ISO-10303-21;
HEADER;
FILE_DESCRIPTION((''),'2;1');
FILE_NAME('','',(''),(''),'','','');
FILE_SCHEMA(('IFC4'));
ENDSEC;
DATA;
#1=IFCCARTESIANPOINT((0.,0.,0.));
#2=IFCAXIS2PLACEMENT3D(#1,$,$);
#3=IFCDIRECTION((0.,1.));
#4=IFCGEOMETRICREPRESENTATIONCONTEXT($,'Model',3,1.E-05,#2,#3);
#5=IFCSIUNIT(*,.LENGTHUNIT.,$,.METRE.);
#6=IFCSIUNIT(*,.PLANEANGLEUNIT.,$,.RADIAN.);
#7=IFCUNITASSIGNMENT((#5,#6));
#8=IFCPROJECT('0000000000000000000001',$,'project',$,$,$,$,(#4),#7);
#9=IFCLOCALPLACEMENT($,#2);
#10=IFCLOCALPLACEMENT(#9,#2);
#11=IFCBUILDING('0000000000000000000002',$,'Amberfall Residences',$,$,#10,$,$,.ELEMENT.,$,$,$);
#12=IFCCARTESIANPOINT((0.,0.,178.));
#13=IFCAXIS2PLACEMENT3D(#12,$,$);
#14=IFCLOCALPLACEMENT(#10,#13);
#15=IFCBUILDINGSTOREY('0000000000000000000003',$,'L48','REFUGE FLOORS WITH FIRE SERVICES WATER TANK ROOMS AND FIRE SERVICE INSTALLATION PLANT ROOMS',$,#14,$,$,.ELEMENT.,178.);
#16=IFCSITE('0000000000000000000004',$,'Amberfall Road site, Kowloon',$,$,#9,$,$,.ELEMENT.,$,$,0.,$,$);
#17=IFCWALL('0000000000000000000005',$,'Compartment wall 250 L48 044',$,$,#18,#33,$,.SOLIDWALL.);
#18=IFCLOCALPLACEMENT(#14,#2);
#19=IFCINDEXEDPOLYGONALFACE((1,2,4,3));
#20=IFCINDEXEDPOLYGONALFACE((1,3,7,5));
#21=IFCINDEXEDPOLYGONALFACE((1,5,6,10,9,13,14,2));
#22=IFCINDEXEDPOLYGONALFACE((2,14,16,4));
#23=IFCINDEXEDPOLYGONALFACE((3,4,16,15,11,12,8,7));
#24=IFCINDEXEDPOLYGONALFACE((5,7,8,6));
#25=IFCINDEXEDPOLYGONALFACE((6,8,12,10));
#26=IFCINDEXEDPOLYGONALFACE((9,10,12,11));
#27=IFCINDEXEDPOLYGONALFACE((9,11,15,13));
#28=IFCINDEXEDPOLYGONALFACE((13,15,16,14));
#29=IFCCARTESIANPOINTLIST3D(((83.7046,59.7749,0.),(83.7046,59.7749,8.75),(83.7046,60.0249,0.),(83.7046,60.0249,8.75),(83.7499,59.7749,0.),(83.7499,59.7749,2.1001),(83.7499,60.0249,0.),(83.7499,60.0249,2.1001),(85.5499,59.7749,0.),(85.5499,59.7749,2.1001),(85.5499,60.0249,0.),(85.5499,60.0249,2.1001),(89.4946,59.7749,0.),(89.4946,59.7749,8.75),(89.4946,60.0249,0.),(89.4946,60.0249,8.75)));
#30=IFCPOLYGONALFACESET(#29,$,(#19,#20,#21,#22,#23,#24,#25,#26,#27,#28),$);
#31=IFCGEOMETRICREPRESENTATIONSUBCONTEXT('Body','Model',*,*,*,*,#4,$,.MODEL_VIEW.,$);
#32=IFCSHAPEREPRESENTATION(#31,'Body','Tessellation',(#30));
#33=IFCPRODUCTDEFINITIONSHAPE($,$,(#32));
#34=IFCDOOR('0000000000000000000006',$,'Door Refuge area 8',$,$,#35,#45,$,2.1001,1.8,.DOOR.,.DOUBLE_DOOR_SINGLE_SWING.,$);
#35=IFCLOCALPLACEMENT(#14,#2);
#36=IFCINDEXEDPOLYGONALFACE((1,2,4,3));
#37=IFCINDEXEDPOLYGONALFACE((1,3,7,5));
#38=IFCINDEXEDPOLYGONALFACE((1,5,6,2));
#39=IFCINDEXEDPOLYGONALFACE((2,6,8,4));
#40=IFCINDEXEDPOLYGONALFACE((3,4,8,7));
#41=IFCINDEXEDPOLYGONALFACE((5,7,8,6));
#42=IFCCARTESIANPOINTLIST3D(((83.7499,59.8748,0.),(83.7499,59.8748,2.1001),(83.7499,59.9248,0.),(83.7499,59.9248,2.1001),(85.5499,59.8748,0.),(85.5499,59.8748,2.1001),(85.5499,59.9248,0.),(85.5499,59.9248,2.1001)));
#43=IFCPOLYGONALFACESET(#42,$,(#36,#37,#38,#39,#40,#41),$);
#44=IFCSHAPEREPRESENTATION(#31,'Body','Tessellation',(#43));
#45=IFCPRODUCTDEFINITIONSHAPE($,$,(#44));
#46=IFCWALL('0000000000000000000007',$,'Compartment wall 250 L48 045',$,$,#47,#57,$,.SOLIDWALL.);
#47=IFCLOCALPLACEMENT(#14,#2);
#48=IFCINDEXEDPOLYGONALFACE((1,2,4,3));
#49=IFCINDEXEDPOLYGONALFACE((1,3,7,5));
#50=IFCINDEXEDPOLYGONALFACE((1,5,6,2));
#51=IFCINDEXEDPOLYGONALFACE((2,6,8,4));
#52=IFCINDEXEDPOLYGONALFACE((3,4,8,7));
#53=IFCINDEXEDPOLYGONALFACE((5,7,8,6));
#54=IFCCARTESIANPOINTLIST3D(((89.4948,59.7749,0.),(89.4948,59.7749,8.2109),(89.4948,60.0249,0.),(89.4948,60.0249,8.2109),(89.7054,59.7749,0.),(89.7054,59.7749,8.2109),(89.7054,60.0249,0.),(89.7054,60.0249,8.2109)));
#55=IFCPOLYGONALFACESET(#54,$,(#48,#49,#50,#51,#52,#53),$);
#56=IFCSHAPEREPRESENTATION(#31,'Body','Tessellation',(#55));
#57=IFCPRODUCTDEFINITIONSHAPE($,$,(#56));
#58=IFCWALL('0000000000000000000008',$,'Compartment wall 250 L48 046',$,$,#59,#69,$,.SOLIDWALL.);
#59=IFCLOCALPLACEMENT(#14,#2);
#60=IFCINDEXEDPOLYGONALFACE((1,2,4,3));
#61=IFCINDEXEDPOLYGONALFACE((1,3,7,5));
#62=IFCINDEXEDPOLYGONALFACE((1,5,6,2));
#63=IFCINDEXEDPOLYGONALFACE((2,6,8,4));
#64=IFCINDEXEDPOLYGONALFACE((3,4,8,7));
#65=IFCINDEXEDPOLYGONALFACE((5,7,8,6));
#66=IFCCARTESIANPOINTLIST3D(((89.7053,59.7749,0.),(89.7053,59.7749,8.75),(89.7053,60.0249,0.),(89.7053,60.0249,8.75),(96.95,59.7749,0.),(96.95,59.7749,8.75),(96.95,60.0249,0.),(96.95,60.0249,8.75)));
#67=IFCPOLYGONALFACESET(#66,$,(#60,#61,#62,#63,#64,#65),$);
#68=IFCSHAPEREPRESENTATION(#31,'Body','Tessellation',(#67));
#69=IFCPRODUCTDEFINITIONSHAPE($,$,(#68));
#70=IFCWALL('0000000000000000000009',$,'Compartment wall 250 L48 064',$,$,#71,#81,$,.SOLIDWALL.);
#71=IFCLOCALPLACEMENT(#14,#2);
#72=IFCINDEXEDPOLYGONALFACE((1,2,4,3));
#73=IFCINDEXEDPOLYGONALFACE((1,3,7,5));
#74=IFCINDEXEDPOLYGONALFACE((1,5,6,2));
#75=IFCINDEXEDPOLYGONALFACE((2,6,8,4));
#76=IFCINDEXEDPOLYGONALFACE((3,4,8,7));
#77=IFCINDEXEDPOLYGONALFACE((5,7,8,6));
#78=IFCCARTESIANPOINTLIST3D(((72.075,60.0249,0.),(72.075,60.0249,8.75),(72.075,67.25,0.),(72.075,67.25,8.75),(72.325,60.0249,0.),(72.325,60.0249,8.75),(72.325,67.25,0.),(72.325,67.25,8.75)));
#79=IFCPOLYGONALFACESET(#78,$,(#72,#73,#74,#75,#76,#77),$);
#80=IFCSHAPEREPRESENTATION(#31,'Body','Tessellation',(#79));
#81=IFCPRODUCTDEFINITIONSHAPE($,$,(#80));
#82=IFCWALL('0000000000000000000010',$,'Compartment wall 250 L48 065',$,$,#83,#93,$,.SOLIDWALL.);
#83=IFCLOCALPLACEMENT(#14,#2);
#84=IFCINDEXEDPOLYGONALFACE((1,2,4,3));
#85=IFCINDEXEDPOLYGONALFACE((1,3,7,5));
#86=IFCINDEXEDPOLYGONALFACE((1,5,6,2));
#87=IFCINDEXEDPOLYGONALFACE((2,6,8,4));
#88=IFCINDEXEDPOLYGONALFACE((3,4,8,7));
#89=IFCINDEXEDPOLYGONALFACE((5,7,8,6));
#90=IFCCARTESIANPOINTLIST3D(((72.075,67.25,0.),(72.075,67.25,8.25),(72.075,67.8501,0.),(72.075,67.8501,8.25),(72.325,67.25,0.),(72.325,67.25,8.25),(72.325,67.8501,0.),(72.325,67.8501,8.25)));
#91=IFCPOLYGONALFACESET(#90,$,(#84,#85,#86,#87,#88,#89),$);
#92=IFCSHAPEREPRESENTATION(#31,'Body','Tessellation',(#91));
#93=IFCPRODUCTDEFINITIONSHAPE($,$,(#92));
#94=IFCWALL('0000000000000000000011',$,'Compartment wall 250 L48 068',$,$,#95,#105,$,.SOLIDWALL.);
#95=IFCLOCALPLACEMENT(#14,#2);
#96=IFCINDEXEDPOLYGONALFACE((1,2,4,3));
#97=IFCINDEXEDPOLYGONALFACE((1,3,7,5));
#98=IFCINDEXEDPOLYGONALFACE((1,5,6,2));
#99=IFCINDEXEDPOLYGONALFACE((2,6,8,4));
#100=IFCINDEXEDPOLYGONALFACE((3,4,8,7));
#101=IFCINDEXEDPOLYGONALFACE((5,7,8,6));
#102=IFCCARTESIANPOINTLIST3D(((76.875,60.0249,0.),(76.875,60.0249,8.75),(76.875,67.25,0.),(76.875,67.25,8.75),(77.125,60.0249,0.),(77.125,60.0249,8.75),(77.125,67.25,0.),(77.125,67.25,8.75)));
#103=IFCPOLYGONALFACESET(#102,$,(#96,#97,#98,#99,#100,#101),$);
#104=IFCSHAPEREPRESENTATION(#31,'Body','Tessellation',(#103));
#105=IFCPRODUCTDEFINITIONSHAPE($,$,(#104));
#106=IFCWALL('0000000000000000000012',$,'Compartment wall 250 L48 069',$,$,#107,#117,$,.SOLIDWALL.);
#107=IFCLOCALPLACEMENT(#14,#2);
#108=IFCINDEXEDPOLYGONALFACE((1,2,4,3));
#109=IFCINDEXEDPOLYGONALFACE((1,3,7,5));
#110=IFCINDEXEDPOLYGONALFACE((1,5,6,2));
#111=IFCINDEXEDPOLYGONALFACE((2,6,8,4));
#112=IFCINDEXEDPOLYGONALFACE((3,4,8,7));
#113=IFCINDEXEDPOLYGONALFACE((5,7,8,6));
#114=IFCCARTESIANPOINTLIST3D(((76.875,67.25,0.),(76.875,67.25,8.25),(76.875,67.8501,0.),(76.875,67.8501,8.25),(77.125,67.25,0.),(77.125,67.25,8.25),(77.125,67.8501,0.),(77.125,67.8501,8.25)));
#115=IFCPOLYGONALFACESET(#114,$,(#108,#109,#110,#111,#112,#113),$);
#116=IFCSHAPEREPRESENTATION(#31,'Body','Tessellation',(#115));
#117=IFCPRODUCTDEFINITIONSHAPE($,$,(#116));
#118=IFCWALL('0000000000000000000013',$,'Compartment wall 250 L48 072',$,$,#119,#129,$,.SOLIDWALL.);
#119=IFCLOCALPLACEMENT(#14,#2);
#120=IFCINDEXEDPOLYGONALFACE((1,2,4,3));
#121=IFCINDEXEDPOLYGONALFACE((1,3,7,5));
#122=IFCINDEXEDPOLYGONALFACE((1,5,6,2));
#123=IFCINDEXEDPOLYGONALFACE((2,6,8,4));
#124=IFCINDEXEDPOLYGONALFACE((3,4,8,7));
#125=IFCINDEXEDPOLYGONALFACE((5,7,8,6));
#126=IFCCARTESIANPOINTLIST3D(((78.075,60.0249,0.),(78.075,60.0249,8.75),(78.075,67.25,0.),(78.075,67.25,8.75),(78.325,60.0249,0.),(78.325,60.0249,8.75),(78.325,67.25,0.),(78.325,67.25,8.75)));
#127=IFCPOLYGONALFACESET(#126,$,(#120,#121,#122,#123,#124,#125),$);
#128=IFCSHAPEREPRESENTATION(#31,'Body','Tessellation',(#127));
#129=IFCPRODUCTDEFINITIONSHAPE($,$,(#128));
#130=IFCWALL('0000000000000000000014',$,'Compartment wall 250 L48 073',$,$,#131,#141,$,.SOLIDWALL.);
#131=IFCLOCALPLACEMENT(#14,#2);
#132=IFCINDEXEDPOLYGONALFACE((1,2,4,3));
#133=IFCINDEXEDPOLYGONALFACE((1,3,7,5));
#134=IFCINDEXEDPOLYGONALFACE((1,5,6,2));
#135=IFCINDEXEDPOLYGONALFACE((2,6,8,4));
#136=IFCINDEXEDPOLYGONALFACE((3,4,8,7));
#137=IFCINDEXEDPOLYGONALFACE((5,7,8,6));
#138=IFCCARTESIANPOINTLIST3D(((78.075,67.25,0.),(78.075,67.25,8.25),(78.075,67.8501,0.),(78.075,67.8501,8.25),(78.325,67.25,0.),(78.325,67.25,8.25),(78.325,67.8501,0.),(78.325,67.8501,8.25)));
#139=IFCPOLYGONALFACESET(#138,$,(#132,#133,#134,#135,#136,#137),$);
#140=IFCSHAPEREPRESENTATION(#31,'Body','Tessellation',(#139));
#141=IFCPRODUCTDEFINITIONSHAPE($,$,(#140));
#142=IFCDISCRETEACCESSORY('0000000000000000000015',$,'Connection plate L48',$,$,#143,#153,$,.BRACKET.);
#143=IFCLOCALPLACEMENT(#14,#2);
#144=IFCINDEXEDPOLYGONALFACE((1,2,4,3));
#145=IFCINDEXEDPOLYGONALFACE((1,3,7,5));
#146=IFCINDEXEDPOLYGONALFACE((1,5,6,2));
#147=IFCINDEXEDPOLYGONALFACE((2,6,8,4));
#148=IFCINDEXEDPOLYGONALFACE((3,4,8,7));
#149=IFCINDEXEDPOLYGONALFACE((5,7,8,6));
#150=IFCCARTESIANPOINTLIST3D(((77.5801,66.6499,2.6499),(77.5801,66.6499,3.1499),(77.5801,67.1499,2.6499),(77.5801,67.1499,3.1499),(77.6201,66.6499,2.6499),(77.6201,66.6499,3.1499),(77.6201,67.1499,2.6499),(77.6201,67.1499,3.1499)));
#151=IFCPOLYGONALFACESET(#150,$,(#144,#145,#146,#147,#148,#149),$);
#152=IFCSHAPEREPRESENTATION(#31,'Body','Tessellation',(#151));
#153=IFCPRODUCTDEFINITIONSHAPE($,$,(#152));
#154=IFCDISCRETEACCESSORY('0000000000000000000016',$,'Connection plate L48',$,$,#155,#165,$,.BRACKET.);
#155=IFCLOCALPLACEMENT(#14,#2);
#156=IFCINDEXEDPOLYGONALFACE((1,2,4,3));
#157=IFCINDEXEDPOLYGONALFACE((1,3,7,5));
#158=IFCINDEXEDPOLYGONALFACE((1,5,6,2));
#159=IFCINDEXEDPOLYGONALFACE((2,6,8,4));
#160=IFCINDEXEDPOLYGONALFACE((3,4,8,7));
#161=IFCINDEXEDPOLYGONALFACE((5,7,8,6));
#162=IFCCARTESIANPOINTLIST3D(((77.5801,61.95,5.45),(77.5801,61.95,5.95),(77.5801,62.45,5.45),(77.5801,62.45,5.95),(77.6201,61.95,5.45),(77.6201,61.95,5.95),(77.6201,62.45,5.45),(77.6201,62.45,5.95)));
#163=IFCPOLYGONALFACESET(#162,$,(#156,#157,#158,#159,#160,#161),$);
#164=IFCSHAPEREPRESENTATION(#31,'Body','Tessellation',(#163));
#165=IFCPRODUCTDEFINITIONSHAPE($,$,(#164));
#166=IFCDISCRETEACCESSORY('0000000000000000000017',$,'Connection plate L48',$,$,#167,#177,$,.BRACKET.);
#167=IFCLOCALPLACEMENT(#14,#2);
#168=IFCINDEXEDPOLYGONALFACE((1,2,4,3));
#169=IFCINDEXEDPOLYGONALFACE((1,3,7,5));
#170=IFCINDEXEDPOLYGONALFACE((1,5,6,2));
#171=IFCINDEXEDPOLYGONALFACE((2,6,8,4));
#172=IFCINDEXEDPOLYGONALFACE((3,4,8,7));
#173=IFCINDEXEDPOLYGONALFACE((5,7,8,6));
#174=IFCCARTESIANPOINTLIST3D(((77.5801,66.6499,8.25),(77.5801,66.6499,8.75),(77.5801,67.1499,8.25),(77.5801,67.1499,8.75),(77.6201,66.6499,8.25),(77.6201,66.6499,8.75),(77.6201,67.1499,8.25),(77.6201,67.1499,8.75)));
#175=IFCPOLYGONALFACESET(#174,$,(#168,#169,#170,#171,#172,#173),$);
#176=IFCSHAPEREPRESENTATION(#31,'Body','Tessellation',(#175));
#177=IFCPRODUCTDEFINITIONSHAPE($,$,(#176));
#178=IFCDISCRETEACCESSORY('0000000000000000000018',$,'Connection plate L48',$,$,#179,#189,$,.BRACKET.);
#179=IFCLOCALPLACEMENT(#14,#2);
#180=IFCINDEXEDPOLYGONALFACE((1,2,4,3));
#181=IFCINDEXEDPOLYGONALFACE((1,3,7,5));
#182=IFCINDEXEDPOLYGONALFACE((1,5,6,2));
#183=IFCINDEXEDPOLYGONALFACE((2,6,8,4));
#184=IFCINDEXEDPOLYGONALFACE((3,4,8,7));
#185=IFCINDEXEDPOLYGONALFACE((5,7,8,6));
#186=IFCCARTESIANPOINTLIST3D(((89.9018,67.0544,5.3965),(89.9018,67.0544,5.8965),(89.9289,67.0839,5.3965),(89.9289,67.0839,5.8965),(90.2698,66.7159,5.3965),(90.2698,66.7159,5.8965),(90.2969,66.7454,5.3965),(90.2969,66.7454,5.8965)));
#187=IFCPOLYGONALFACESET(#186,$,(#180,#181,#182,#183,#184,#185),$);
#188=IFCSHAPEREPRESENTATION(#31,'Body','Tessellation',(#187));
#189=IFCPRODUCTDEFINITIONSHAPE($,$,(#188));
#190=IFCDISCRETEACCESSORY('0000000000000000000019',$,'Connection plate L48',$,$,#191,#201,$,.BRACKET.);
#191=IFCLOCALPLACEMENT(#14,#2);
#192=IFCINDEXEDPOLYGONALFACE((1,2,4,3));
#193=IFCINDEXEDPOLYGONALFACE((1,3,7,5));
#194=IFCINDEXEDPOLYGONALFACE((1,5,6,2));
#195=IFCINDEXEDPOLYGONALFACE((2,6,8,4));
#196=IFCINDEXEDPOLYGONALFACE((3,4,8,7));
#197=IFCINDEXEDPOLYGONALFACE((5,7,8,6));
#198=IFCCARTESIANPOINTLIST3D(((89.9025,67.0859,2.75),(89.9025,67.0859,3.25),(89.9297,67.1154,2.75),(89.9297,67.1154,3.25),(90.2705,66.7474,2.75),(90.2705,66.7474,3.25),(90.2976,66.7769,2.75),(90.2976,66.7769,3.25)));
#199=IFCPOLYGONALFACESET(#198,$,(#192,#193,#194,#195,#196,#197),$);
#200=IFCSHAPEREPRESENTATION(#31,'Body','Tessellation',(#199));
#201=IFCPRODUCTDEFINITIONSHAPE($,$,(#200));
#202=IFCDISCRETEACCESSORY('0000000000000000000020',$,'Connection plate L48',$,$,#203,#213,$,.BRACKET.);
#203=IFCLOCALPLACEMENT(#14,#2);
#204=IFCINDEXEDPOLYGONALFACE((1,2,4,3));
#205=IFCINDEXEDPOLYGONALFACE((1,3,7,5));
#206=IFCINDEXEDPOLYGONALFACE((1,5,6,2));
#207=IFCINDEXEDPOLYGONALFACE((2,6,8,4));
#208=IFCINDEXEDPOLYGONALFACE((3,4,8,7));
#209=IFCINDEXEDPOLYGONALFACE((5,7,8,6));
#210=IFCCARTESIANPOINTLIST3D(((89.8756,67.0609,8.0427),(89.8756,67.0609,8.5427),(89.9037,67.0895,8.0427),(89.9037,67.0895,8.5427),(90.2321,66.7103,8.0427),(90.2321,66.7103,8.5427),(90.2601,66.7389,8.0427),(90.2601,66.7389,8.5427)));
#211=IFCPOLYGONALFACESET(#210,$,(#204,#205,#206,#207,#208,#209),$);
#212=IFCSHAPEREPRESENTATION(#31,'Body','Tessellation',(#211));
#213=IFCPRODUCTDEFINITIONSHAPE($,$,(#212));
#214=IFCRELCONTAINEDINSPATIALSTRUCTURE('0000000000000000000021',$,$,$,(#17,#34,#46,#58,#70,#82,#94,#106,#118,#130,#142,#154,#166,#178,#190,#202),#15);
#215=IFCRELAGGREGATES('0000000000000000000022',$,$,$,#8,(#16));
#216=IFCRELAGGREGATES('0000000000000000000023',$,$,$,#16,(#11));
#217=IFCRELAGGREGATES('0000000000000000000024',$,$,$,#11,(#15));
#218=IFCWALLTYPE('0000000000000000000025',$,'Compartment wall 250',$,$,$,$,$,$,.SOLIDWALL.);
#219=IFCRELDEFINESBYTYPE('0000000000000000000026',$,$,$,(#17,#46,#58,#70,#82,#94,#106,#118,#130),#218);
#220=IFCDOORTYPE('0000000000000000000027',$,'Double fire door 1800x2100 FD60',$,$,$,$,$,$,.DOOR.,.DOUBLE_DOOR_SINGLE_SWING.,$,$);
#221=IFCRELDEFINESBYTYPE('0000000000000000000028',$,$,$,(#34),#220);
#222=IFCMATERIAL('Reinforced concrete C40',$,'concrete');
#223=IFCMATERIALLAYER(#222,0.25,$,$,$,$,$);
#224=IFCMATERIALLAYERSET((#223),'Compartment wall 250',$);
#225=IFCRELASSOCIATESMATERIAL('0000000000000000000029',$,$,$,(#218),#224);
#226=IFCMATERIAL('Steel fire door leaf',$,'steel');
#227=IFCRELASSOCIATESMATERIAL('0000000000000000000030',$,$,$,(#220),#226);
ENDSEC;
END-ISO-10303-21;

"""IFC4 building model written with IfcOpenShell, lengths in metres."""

from ifc_helpers import new_model, si_unit, direction, frame, frame_2d, origin, origin_2d, place, context, subcontext, project, spatial, rectangle, extrude, material, layer, layer_set, type_object, element, fill, save


model = new_model("IFC4")

# Units and contexts
model_context = context("Model", 3, precision=1e-05, world=origin(), true_north=direction((0.0, 1.0)))
body_context = subcontext(model_context, "Body", "Model", "MODEL_VIEW")
ifc_project = project(units=[si_unit("LENGTHUNIT", "METRE"), si_unit("PLANEANGLEUNIT", "RADIAN")], contexts=[model_context])

# Site, building, storey
site_placement = place(None, origin())
site = spatial("IfcSite", under=ifc_project, at=site_placement, Name="Amberfall Road site, Kowloon", CompositionType="ELEMENT", RefElevation=0.0)
building_placement = place(site_placement, origin())
building = spatial("IfcBuilding", under=site, at=building_placement, Name="Amberfall Residences", CompositionType="ELEMENT")
storey_placement = place(building_placement, frame((0.0, 0.0, 178.0)))
storey = spatial("IfcBuildingStorey", under=building, at=storey_placement, Name="L48", Description="REFUGE FLOORS WITH FIRE SERVICES WATER TANK ROOMS AND FIRE SERVICE INSTALLATION PLANT ROOMS", CompositionType="ELEMENT", Elevation=178.0)

# Shared definitions
ifc_material_1 = material(Name="Reinforced concrete C40", Category="concrete")
ifc_layer = layer(ifc_material_1, 0.25)
ifc_layer_set = layer_set([ifc_layer], Name="Compartment wall 250")
wall_type = type_object("IfcWallType", Name="Compartment wall 250", PredefinedType="SOLIDWALL", material=ifc_layer_set)

# Wall, opening, door
wall_1_placement = place(storey_placement, frame((83.7046, 59.8999, 0.0), z_axis=(0.0, 0.0, 1.0), x_axis=(1.0, 0.0, 0.0)))
wall_1 = element("IfcWall", 1, at=wall_1_placement, inside=storey, type_object=wall_type, Name="Compartment wall 250 L48 044", PredefinedType="SOLIDWALL", context=body_context, shape_type="SweptSolid", body=[
    extrude(rectangle(XDim=5.79, YDim=0.25, at=frame_2d((2.895, 0.0))), origin(), (0.0, 0.0, 1.0), 8.75),
])
opening_placement = place(wall_1_placement, frame((0.0454, 0.0, 0.0)))
opening = element("IfcOpeningElement", 2, at=opening_placement, cuts=wall_1, PredefinedType="OPENING", context=body_context, shape_type="SweptSolid", body=[
    extrude(rectangle(XDim=1.8, YDim=2.1001, at=frame_2d((0.8999, 1.05))), frame((0.0, 0.135, 0.0), z_axis=(0.0, -1.0, 0.0), x_axis=(1.0, 0.0, 0.0)), (0.0, 0.0, 1.0), 0.27),
])
ifc_material_2 = material(Name="Steel fire door leaf", Category="steel")
door_type = type_object("IfcDoorType", Name="Double fire door 1800x2100 FD60", OperationType="DOUBLE_DOOR_SINGLE_SWING", PredefinedType="DOOR", material=ifc_material_2)
door_placement = place(opening_placement, origin())
door = element("IfcDoor", 3, at=door_placement, inside=storey, type_object=door_type, Name="Door Refuge area 8", OperationType="DOUBLE_DOOR_SINGLE_SWING", OverallHeight=2.1001, OverallWidth=1.8, PredefinedType="DOOR", context=body_context, shape_type="SweptSolid", body=[
    extrude(rectangle(XDim=1.8, YDim=2.1001, at=frame_2d((0.8999, 1.05))), frame((0.0, 0.0249, 0.0), z_axis=(0.0, -1.0, 0.0), x_axis=(1.0, 0.0, 0.0)), (0.0, 0.0, 1.0), 0.05),
])
fill(opening, door)

# Walls
wall_2_placement = place(storey_placement, frame((89.4946, 59.8999, 0.0), z_axis=(0.0, 0.0, 1.0), x_axis=(1.0, 0.0, 0.0)))
element("IfcWall", 4, at=wall_2_placement, inside=storey, type_object=wall_type, Name="Compartment wall 250 L48 045", PredefinedType="SOLIDWALL", context=body_context, shape_type="SweptSolid", body=[
    extrude(rectangle(XDim=0.2107, YDim=0.25, at=frame_2d((0.1055, 0.0))), origin(), (0.0, 0.0, 1.0), 8.2109),
])
wall_3_placement = place(storey_placement, frame((89.7053, 59.8999, 0.0), z_axis=(0.0, 0.0, 1.0), x_axis=(1.0, 0.0, 0.0)))
element("IfcWall", 5, at=wall_3_placement, inside=storey, type_object=wall_type, Name="Compartment wall 250 L48 046", PredefinedType="SOLIDWALL", context=body_context, shape_type="SweptSolid", body=[
    extrude(rectangle(XDim=7.2446, YDim=0.25, at=frame_2d((3.6223, 0.0))), origin(), (0.0, 0.0, 1.0), 8.75),
])
wall_4_placement = place(storey_placement, frame((72.2, 60.0249, 0.0), z_axis=(0.0, 0.0, 1.0), x_axis=(0.0, 1.0, 0.0)))
element("IfcWall", 6, at=wall_4_placement, inside=storey, type_object=wall_type, Name="Compartment wall 250 L48 064", PredefinedType="SOLIDWALL", context=body_context, shape_type="SweptSolid", body=[
    extrude(rectangle(XDim=7.2251, YDim=0.25, at=frame_2d((3.6125, 0.0))), origin(), (0.0, 0.0, 1.0), 8.75),
])
wall_5_placement = place(storey_placement, frame((72.2, 67.25, 0.0), z_axis=(0.0, 0.0, 1.0), x_axis=(0.0, 1.0, 0.0)))
element("IfcWall", 7, at=wall_5_placement, inside=storey, type_object=wall_type, Name="Compartment wall 250 L48 065", PredefinedType="SOLIDWALL", context=body_context, shape_type="SweptSolid", body=[
    extrude(rectangle(XDim=0.6001, YDim=0.25, at=frame_2d((0.3, 0.0))), origin(), (0.0, 0.0, 1.0), 8.25),
])
wall_6_placement = place(storey_placement, frame((77.0, 60.0249, 0.0), z_axis=(0.0, 0.0, 1.0), x_axis=(0.0, 1.0, 0.0)))
element("IfcWall", 8, at=wall_6_placement, inside=storey, type_object=wall_type, Name="Compartment wall 250 L48 068", PredefinedType="SOLIDWALL", context=body_context, shape_type="SweptSolid", body=[
    extrude(rectangle(XDim=7.2251, YDim=0.25, at=frame_2d((3.6125, 0.0))), origin(), (0.0, 0.0, 1.0), 8.75),
])
wall_7_placement = place(storey_placement, frame((77.0, 67.25, 0.0), z_axis=(0.0, 0.0, 1.0), x_axis=(0.0, 1.0, 0.0)))
element("IfcWall", 9, at=wall_7_placement, inside=storey, type_object=wall_type, Name="Compartment wall 250 L48 069", PredefinedType="SOLIDWALL", context=body_context, shape_type="SweptSolid", body=[
    extrude(rectangle(XDim=0.6001, YDim=0.25, at=frame_2d((0.3, 0.0))), origin(), (0.0, 0.0, 1.0), 8.25),
])
wall_8_placement = place(storey_placement, frame((78.2, 60.0249, 0.0), z_axis=(0.0, 0.0, 1.0), x_axis=(0.0, 1.0, 0.0)))
element("IfcWall", 10, at=wall_8_placement, inside=storey, type_object=wall_type, Name="Compartment wall 250 L48 072", PredefinedType="SOLIDWALL", context=body_context, shape_type="SweptSolid", body=[
    extrude(rectangle(XDim=7.2251, YDim=0.25, at=frame_2d((3.6125, 0.0))), origin(), (0.0, 0.0, 1.0), 8.75),
])
wall_9_placement = place(storey_placement, frame((78.2, 67.25, 0.0), z_axis=(0.0, 0.0, 1.0), x_axis=(0.0, 1.0, 0.0)))
element("IfcWall", 11, at=wall_9_placement, inside=storey, type_object=wall_type, Name="Compartment wall 250 L48 073", PredefinedType="SOLIDWALL", context=body_context, shape_type="SweptSolid", body=[
    extrude(rectangle(XDim=0.6001, YDim=0.25, at=frame_2d((0.3, 0.0))), origin(), (0.0, 0.0, 1.0), 8.25),
])

# Discrete accessories
for number, where, z_axis, x_axis, name in (
    (12, (77.6001, 66.8999, 2.6499), (0.0, 0.0, 1.0), (0.0, 1.0, 0.0), "Connection plate L48"),
    (13, (77.6001, 62.2, 5.45), (0.0, 0.0, 1.0), (0.0, 1.0, 0.0), "Connection plate L48"),
    (14, (77.6001, 66.8999, 8.25), (0.0, 0.0, 1.0), (0.0, 1.0, 0.0), "Connection plate L48"),
    (15, (90.0994, 66.8999, 5.3965), (0.0, 0.0, 1.0), (-0.735979, 0.677004, 0.0), "Connection plate L48"),
    (16, (90.1001, 66.9314, 2.75), (0.0, 0.0, 1.0), (-0.735979, 0.677004, 0.0), "Connection plate L48"),
    (17, (90.0679, 66.8999, 8.0427), (0.0, 0.0, 1.0), (-0.71292, 0.701245, 0.0), "Connection plate L48"),
):
    element("IfcDiscreteAccessory", number, at=place(storey_placement, frame(where, z_axis=z_axis, x_axis=x_axis)), inside=storey, Name=name, PredefinedType="BRACKET", context=body_context, shape_type="SweptSolid", body=[
        extrude(rectangle(XDim=0.5, YDim=0.04, at=origin_2d()), origin(), (0.0, 0.0, 1.0), 0.5),
    ])

save(model, "model.ifc")
